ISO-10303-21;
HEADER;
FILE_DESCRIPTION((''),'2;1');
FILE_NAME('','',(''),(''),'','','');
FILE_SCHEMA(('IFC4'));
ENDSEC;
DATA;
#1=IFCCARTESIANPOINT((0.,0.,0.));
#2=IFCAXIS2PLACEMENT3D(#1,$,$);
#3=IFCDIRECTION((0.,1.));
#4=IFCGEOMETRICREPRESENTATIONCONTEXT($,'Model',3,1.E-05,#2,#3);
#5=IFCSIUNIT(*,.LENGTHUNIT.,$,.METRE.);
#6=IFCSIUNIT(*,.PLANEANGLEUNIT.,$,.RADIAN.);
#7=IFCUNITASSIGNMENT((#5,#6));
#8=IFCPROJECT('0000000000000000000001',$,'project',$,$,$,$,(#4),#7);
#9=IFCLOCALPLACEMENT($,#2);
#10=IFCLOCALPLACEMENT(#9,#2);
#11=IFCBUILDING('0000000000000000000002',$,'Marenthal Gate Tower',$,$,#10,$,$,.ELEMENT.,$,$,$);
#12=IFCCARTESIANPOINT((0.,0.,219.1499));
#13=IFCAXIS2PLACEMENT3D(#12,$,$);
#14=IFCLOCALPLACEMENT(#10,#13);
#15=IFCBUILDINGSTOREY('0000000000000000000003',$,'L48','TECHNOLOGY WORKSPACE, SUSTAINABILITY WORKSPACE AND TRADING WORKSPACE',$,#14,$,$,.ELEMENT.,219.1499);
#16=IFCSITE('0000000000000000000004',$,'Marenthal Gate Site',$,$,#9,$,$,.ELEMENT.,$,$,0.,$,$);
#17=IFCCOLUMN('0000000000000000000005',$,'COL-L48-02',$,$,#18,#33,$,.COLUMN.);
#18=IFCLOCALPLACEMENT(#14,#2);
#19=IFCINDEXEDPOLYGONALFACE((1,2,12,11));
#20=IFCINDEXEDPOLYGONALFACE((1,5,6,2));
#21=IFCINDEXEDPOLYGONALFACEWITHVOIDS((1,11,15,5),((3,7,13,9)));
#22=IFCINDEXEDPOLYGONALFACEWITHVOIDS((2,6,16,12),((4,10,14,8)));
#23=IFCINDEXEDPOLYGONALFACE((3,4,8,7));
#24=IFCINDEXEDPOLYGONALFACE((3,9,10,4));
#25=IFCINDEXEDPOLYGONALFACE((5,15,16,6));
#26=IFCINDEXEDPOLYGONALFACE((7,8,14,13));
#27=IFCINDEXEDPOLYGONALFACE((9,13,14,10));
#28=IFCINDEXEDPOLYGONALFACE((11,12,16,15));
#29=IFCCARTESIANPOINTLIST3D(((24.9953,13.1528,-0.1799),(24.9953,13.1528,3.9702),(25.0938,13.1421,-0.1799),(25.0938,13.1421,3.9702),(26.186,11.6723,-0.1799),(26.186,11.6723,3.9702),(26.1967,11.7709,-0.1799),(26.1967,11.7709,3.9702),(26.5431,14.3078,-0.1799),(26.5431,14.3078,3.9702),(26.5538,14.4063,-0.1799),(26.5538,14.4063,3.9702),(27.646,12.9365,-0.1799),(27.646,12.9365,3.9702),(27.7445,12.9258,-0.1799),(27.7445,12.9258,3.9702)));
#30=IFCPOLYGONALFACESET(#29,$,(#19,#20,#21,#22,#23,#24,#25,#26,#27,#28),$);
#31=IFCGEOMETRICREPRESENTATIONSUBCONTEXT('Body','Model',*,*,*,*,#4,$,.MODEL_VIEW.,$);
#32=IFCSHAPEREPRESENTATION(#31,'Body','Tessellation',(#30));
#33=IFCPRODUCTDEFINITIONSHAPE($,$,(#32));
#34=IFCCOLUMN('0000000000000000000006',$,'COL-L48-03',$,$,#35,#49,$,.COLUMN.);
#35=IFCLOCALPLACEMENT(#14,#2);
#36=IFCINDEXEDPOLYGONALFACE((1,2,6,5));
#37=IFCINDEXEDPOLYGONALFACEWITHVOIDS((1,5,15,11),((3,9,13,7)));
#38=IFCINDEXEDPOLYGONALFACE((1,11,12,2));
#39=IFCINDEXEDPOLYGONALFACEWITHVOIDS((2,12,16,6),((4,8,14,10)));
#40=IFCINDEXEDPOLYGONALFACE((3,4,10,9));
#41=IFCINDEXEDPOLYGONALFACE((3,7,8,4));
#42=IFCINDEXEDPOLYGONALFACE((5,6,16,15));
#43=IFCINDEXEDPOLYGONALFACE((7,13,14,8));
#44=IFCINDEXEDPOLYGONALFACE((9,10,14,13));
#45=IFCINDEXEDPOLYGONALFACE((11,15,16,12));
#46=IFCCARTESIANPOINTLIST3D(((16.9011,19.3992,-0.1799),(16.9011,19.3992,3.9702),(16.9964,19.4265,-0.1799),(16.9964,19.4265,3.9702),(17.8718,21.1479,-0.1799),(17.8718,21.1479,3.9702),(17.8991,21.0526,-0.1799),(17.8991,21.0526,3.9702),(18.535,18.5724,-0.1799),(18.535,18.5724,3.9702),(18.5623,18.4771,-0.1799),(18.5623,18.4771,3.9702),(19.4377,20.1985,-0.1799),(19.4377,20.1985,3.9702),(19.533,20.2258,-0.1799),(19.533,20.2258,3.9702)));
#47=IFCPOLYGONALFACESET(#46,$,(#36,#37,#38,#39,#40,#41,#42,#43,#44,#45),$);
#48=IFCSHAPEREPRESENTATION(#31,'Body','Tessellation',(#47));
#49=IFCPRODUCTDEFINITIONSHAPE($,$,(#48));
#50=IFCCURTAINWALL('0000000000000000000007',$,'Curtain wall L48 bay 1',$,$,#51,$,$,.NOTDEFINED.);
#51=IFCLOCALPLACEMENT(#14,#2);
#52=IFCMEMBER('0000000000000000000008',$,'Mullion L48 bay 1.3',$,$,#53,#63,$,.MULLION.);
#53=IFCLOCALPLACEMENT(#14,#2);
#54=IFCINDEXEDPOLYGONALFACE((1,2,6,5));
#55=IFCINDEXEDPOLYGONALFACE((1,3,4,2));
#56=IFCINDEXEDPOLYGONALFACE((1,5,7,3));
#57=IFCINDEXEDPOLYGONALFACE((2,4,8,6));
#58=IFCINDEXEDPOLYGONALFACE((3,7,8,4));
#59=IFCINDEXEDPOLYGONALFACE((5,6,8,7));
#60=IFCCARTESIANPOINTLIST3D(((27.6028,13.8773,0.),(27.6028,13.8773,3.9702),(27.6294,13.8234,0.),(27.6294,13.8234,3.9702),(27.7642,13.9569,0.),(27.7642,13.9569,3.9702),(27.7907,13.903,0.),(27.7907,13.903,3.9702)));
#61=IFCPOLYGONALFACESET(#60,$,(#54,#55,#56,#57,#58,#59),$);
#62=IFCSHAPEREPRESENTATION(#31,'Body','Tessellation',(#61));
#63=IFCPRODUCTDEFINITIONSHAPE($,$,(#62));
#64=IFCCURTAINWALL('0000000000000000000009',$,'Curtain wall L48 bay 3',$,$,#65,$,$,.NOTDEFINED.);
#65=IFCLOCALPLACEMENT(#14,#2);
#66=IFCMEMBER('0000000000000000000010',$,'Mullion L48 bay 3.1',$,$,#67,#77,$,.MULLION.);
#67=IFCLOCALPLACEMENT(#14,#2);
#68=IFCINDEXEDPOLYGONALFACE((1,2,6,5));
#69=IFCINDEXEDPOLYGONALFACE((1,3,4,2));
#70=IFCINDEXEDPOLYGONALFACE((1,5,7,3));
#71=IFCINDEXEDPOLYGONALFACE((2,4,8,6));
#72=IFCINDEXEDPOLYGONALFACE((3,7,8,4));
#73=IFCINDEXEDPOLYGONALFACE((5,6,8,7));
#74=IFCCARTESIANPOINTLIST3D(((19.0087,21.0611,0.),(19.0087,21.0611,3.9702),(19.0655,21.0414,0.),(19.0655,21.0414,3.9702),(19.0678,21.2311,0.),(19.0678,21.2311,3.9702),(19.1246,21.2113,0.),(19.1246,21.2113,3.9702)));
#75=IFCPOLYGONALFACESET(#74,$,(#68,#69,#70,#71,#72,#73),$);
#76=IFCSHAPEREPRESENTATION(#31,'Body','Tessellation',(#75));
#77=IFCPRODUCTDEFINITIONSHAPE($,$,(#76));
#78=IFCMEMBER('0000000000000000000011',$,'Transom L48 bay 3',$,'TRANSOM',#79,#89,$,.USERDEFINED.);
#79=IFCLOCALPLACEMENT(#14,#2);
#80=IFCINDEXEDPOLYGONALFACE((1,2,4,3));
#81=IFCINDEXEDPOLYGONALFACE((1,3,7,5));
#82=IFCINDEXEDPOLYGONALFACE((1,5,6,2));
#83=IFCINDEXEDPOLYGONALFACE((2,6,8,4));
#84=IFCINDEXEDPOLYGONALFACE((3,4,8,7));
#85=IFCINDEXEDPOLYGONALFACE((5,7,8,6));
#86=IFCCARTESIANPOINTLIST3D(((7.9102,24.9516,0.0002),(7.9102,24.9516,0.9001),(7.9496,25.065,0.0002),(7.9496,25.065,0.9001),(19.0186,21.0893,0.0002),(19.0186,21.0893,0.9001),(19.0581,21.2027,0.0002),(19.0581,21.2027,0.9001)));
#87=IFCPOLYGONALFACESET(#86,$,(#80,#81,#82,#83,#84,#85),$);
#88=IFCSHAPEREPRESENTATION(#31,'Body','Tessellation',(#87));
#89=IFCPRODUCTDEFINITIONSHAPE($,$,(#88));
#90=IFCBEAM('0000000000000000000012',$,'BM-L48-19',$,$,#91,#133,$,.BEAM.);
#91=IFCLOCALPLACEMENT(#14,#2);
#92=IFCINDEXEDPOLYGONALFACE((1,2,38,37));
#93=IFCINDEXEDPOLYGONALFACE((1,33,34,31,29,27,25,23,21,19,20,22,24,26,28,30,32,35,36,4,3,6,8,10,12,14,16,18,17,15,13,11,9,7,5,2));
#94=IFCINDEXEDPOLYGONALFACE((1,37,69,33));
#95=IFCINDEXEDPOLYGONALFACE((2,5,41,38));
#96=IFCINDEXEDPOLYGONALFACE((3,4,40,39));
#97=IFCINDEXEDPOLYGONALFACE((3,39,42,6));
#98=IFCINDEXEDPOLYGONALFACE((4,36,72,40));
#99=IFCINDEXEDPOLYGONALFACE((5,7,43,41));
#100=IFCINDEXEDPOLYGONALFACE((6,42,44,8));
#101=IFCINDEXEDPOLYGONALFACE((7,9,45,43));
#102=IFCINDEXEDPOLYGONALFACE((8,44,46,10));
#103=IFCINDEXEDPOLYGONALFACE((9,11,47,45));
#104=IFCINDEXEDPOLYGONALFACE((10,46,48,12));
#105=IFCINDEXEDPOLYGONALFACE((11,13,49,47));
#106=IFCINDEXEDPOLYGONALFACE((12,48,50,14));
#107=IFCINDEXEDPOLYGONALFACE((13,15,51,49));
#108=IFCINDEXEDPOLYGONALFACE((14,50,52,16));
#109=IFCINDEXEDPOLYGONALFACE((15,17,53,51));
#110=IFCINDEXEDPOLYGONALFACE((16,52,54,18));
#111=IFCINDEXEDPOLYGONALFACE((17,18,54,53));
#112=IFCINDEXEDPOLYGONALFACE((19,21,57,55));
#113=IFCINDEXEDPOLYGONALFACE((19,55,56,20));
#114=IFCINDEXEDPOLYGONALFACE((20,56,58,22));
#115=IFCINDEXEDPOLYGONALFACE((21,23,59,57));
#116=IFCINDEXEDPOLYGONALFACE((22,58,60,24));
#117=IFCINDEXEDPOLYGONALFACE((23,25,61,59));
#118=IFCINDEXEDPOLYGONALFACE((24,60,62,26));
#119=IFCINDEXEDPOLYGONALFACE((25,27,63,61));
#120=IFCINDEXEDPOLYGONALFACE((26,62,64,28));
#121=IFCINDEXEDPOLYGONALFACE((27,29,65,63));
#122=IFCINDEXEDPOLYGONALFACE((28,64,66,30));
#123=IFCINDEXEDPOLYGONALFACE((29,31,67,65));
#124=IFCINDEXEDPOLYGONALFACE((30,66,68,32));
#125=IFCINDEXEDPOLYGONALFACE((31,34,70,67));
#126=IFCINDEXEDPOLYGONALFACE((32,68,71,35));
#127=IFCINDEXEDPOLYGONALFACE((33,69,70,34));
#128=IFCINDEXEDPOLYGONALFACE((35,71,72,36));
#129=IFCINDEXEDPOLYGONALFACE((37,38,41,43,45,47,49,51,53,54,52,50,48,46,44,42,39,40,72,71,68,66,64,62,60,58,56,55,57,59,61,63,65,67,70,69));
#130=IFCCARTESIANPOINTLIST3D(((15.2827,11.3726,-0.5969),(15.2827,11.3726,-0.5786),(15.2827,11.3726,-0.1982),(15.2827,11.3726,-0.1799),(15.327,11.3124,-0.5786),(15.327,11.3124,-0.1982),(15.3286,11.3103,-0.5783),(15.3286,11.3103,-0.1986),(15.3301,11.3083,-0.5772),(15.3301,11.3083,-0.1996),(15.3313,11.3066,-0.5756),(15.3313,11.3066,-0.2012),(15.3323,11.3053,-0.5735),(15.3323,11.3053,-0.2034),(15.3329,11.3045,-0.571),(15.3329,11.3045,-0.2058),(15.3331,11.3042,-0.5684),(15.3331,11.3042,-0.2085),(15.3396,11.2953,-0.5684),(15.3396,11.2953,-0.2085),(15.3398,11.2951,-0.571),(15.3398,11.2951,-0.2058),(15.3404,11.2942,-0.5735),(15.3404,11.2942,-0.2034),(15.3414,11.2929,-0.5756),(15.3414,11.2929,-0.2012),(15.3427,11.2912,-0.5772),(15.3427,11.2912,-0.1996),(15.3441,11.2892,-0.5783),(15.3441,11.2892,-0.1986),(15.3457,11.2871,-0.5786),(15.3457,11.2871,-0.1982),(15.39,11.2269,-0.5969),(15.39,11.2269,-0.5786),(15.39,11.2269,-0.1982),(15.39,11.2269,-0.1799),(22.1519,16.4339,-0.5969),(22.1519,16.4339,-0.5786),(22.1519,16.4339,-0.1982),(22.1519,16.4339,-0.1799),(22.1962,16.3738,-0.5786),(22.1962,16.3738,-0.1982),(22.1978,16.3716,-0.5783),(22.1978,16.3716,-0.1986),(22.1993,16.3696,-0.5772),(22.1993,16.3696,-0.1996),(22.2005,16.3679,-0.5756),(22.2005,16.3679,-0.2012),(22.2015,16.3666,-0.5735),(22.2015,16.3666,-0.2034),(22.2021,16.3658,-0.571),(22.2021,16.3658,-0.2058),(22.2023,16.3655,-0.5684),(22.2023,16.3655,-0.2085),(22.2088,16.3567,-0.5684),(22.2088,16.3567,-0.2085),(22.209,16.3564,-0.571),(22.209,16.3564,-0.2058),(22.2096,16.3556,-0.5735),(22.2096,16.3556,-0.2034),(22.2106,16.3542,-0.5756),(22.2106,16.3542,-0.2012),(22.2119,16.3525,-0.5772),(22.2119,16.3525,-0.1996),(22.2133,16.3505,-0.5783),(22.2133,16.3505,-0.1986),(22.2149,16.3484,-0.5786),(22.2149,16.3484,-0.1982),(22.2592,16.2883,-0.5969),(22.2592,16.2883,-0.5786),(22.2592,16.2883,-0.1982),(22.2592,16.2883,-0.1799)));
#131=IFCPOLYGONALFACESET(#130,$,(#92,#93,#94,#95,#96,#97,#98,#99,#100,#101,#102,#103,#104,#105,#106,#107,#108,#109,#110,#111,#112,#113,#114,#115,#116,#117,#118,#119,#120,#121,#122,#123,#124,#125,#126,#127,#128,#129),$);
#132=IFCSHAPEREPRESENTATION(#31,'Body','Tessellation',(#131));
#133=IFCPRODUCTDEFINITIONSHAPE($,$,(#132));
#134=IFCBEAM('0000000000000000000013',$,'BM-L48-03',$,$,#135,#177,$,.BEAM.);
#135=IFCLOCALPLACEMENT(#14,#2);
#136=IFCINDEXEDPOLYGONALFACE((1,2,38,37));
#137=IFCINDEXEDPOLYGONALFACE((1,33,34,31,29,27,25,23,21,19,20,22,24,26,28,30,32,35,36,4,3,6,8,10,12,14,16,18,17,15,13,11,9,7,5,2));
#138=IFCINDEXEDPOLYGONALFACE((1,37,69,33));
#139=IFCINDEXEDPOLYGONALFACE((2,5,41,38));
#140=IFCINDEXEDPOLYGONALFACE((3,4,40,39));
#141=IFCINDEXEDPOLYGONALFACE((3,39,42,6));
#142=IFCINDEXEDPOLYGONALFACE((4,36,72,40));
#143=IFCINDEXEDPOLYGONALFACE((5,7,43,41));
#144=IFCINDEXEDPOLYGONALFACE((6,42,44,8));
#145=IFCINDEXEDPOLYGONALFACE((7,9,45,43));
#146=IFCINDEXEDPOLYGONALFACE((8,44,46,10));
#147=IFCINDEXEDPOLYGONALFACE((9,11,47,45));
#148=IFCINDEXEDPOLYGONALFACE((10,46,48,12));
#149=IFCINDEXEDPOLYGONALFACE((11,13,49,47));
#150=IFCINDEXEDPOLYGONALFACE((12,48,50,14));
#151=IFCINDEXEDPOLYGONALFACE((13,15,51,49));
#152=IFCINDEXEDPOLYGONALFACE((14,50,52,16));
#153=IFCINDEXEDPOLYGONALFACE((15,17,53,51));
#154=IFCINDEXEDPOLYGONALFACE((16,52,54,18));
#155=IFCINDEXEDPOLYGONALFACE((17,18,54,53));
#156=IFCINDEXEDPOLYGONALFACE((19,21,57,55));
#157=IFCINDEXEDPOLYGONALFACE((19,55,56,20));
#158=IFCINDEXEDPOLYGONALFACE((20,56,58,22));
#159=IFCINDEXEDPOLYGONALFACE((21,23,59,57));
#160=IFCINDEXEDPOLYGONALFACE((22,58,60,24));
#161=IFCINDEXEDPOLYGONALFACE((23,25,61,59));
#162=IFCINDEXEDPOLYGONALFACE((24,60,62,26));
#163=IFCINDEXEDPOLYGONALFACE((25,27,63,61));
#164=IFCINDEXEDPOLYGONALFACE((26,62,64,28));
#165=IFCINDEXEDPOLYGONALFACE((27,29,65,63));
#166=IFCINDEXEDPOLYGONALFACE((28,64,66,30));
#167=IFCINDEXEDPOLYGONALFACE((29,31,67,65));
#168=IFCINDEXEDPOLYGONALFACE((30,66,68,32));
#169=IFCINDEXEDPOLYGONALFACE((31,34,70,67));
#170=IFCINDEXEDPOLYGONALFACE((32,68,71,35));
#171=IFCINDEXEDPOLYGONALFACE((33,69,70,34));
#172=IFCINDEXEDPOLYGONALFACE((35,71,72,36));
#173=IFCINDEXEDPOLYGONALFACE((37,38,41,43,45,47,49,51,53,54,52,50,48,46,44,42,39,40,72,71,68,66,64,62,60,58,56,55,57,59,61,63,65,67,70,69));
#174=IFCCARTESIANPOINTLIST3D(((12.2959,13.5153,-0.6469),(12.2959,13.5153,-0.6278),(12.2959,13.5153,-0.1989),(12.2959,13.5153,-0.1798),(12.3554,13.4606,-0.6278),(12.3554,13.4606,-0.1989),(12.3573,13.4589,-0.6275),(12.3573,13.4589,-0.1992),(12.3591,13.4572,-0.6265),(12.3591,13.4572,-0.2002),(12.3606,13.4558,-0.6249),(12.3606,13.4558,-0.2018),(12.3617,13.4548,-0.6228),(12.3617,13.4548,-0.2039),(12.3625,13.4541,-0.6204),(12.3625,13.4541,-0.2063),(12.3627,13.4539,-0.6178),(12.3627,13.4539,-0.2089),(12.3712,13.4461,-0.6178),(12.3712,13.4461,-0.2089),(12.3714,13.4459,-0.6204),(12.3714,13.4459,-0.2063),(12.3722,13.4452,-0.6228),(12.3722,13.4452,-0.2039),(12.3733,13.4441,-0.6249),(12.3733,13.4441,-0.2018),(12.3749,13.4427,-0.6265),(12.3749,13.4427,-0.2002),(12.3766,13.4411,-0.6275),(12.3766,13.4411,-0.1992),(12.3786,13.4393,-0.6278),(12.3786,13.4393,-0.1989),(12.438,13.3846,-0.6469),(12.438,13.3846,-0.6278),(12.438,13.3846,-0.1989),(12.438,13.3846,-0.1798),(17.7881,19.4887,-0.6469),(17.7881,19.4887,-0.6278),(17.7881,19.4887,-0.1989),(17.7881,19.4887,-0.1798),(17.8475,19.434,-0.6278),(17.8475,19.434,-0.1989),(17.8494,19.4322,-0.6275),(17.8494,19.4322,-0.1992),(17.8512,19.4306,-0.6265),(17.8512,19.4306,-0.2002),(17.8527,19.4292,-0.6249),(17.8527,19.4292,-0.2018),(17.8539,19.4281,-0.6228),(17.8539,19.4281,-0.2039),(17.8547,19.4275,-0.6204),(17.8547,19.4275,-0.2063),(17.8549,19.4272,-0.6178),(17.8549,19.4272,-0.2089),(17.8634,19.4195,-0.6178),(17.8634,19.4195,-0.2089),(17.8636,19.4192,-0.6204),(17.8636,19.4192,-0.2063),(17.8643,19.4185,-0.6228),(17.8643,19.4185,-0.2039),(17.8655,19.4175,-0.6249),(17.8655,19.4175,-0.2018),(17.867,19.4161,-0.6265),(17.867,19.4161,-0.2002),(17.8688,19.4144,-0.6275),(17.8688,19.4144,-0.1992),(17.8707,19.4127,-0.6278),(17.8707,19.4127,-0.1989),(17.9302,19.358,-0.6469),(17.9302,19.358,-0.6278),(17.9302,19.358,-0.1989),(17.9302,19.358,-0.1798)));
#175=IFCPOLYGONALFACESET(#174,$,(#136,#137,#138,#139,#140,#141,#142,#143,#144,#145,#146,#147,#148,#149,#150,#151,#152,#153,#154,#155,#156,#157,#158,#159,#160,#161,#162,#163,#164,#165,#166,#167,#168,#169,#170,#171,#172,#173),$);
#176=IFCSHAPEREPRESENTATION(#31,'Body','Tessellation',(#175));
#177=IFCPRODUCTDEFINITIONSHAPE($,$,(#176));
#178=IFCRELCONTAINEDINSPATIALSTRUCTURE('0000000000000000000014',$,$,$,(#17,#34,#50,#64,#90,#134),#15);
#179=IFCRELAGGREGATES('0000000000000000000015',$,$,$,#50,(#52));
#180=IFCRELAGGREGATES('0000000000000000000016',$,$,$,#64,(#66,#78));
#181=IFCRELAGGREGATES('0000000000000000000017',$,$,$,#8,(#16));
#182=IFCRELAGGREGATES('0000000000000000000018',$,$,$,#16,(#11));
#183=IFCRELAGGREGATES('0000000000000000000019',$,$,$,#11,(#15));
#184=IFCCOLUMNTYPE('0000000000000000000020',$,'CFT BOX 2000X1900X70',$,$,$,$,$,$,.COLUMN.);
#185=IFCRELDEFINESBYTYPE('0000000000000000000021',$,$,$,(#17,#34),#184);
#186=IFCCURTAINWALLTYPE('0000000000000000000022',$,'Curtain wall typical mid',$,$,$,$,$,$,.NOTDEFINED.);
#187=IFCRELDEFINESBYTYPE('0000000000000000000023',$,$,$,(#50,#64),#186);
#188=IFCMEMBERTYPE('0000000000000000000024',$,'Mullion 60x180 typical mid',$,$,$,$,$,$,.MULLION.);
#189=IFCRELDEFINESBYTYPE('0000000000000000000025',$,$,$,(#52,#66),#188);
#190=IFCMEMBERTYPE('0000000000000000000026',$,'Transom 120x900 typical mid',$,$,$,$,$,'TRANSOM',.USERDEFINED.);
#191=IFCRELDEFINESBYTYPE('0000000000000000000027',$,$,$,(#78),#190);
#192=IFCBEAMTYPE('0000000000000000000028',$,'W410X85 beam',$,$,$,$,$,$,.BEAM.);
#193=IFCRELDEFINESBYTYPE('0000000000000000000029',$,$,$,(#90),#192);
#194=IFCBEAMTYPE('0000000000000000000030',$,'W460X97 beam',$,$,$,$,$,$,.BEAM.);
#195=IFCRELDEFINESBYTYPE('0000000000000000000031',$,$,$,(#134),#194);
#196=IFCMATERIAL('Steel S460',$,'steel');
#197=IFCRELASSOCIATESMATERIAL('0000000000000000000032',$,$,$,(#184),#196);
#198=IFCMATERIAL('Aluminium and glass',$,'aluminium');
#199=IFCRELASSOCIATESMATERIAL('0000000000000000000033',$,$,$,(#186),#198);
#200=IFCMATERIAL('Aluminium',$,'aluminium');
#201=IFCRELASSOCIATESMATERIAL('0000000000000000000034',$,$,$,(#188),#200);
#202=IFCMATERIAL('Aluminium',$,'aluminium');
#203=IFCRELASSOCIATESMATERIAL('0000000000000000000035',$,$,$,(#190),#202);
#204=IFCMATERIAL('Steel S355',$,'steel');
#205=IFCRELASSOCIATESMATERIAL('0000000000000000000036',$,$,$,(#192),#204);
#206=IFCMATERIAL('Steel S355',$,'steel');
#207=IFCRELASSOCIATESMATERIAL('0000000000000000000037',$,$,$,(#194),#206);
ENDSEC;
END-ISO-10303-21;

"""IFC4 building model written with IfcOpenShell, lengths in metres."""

from ifc_helpers import new_model, si_unit, direction, frame, origin, origin_2d, place, context, subcontext, project, spatial, rectangle, hollow_rectangle, i_section, extrude, material, material_profile, profile_set, type_object, element, aggregate, save


model = new_model("IFC4")

# Units and contexts
model_context = context("Model", 3, precision=1e-05, world=origin(), true_north=direction((0.0, 1.0)))
body_context = subcontext(model_context, "Body", "Model", "MODEL_VIEW")
ifc_project = project(units=[si_unit("LENGTHUNIT", "METRE"), si_unit("PLANEANGLEUNIT", "RADIAN")], contexts=[model_context])

# Site, building, storey
site_placement = place(None, origin())
site = spatial("IfcSite", under=ifc_project, at=site_placement, Name="Marenthal Gate Site", CompositionType="ELEMENT", RefElevation=0.0)
building_placement = place(site_placement, origin())
building = spatial("IfcBuilding", under=site, at=building_placement, Name="Marenthal Gate Tower", CompositionType="ELEMENT")
storey_placement = place(building_placement, frame((0.0, 0.0, 219.1499)))
storey = spatial("IfcBuildingStorey", under=building, at=storey_placement, Name="L48", Description="TECHNOLOGY WORKSPACE, SUSTAINABILITY WORKSPACE AND TRADING WORKSPACE", CompositionType="ELEMENT", Elevation=219.1499)

# Columns
ifc_material_1 = material(Name="Steel S460", Category="steel")
ifc_material_profile_1 = material_profile(ifc_material_1, hollow_rectangle(XDim=1.8999, YDim=2.0, WallThickness=0.0701, at=origin_2d()), Name="CFT BOX 2000X1900X70")
ifc_material_2 = material(Name="Concrete 70 MPa", Category="concrete")
ifc_material_profile_2 = material_profile(ifc_material_2, rectangle(XDim=1.76, YDim=1.8601, at=origin_2d()), Name="CFT BOX 2000X1900X70 INFILL")
ifc_profile_set_1 = profile_set([ifc_material_profile_1, ifc_material_profile_2], Name="Steel S460 shell, Concrete 70 MPa infill")
column_type = type_object("IfcColumnType", Name="CFT BOX 2000X1900X70", PredefinedType="COLUMN", material=ifc_profile_set_1)
for number, where, z_axis, x_axis, name in (
    (1, (26.3699, 13.0393, -0.1799), (0.0, 0.0, 1.0), (0.626719, -0.779245, 0.0), "COL-L48-02"),
    (2, (18.217, 19.8125, -0.1799), (0.0, 0.0, 1.0), (0.874319, -0.485351, 0.0), "COL-L48-03"),
):
    element("IfcColumn", number, at=place(storey_placement, frame(where, z_axis=z_axis, x_axis=x_axis)), inside=storey, type_object=column_type, Name=name, PredefinedType="COLUMN", context=body_context, shape_type="SweptSolid", body=[
        extrude(hollow_rectangle(XDim=1.8999, YDim=2.0, WallThickness=0.0701, at=origin_2d()), origin(), (0.0, 0.0, 1.0), 4.1501),
    ])

# Curtain wall, member
ifc_material_3 = material(Name="Aluminium and glass", Category="aluminium")
curtain_wall_type = type_object("IfcCurtainWallType", Name="Curtain wall typical mid", PredefinedType="NOTDEFINED", material=ifc_material_3)
curtain_wall_1_placement = place(storey_placement, origin())
curtain_wall_1 = element("IfcCurtainWall", 3, at=curtain_wall_1_placement, inside=storey, type_object=curtain_wall_type, Name="Curtain wall L48 bay 1", PredefinedType="NOTDEFINED")
ifc_material_4 = material(Name="Aluminium", Category="aluminium")
ifc_material_profile_3 = material_profile(ifc_material_4, rectangle(XDim=0.1799, YDim=0.0601, at=origin_2d()), Name="60x180 aluminium mullion")
ifc_profile_set_2 = profile_set([ifc_material_profile_3], Name="Aluminium")
member_type_1 = type_object("IfcMemberType", Name="Mullion 60x180 typical mid", PredefinedType="MULLION", material=ifc_profile_set_2)
member_1_placement = place(storey_placement, frame((27.6968, 13.8901, 0.0), z_axis=(0.0, 0.0, 1.0), x_axis=(-0.896757, -0.442523, 0.0)))
member_1 = element("IfcMember", 4, at=member_1_placement, type_object=member_type_1, Name="Mullion L48 bay 1.3", PredefinedType="MULLION", context=body_context, shape_type="SweptSolid", body=[
    extrude(rectangle(XDim=0.1799, YDim=0.0601, at=origin_2d()), origin(), (0.0, 0.0, 1.0), 3.9702),
])
aggregate(curtain_wall_1, [member_1])

# Curtain wall, members
curtain_wall_2_placement = place(storey_placement, origin())
curtain_wall_2 = element("IfcCurtainWall", 5, at=curtain_wall_2_placement, inside=storey, type_object=curtain_wall_type, Name="Curtain wall L48 bay 3", PredefinedType="NOTDEFINED")
member_2_placement = place(storey_placement, frame((19.0667, 21.1362, 0.0), z_axis=(0.0, 0.0, 1.0), x_axis=(-0.3284, -0.944539, 0.0)))
member_2 = element("IfcMember", 6, at=member_2_placement, type_object=member_type_1, Name="Mullion L48 bay 3.1", PredefinedType="MULLION", context=body_context, shape_type="SweptSolid", body=[
    extrude(rectangle(XDim=0.1799, YDim=0.0601, at=origin_2d()), origin(), (0.0, 0.0, 1.0), 3.9702),
])
ifc_material_5 = material(Name="Aluminium", Category="aluminium")
ifc_material_profile_4 = material_profile(ifc_material_5, rectangle(XDim=0.1201, YDim=0.8999, at=origin_2d()), Name="120x900 aluminium transom")
ifc_profile_set_3 = profile_set([ifc_material_profile_4], Name="Aluminium")
member_type_2 = type_object("IfcMemberType", Name="Transom 120x900 typical mid", ElementType="TRANSOM", PredefinedType="USERDEFINED", material=ifc_profile_set_3)
member_3_placement = place(storey_placement, frame((19.0383, 21.146, 0.4502), z_axis=(-0.944536, 0.328408, 0.0), x_axis=(-0.328408, -0.944536, 0.0)))
member_3 = element("IfcMember", 7, at=member_3_placement, type_object=member_type_2, Name="Transom L48 bay 3", ObjectType="TRANSOM", PredefinedType="USERDEFINED", context=body_context, shape_type="SweptSolid", body=[
    extrude(rectangle(XDim=0.1201, YDim=0.8999, at=origin_2d()), origin(), (0.0, 0.0, 1.0), 11.7607),
])

# Beams
ifc_material_6 = material(Name="Steel S355", Category="steel")
ifc_material_profile_5 = material_profile(ifc_material_6, i_section(OverallWidth=0.1809, OverallDepth=0.417, WebThickness=0.011, FlangeThickness=0.0183, FilletRadius=0.0103, at=origin_2d()), Name="W410X85")
ifc_profile_set_4 = profile_set([ifc_material_profile_5], Name="Steel S355")
beam_type_1 = type_object("IfcBeamType", Name="W410X85 beam", PredefinedType="BEAM", material=ifc_profile_set_4)
beam_1_placement = place(storey_placement, frame((22.2056, 16.3611, -0.3884), z_axis=(-0.805067, -0.593184, 0.0), x_axis=(0.593184, -0.805067, 0.0)))
element("IfcBeam", 8, at=beam_1_placement, inside=storey, type_object=beam_type_1, Name="BM-L48-19", PredefinedType="BEAM", context=body_context, shape_type="SweptSolid", body=[
    extrude(i_section(OverallWidth=0.1809, OverallDepth=0.417, WebThickness=0.011, FlangeThickness=0.0183, FilletRadius=0.0103, at=origin_2d()), origin(), (0.0, 0.0, 1.0), 8.5325),
])
ifc_material_7 = material(Name="Steel S355", Category="steel")
ifc_material_profile_6 = material_profile(ifc_material_7, i_section(OverallWidth=0.1931, OverallDepth=0.467, WebThickness=0.0115, FlangeThickness=0.019, FilletRadius=0.01, at=origin_2d()), Name="W460X97")
ifc_profile_set_5 = profile_set([ifc_material_profile_6], Name="Steel S355")
beam_type_2 = type_object("IfcBeamType", Name="W460X97 beam", PredefinedType="BEAM", material=ifc_profile_set_5)
beam_2_placement = place(storey_placement, frame((17.8591, 19.4233, -0.4133), z_axis=(-0.676834, -0.736135, 0.0), x_axis=(0.736135, -0.676834, 0.0)))
element("IfcBeam", 9, at=beam_2_placement, inside=storey, type_object=beam_type_2, Name="BM-L48-03", PredefinedType="BEAM", context=body_context, shape_type="SweptSolid", body=[
    extrude(i_section(OverallWidth=0.1931, OverallDepth=0.467, WebThickness=0.0115, FlangeThickness=0.019, FilletRadius=0.01, at=origin_2d()), origin(), (0.0, 0.0, 1.0), 8.1145),
])

aggregate(curtain_wall_2, [member_2, member_3])

save(model, "model.ifc")
